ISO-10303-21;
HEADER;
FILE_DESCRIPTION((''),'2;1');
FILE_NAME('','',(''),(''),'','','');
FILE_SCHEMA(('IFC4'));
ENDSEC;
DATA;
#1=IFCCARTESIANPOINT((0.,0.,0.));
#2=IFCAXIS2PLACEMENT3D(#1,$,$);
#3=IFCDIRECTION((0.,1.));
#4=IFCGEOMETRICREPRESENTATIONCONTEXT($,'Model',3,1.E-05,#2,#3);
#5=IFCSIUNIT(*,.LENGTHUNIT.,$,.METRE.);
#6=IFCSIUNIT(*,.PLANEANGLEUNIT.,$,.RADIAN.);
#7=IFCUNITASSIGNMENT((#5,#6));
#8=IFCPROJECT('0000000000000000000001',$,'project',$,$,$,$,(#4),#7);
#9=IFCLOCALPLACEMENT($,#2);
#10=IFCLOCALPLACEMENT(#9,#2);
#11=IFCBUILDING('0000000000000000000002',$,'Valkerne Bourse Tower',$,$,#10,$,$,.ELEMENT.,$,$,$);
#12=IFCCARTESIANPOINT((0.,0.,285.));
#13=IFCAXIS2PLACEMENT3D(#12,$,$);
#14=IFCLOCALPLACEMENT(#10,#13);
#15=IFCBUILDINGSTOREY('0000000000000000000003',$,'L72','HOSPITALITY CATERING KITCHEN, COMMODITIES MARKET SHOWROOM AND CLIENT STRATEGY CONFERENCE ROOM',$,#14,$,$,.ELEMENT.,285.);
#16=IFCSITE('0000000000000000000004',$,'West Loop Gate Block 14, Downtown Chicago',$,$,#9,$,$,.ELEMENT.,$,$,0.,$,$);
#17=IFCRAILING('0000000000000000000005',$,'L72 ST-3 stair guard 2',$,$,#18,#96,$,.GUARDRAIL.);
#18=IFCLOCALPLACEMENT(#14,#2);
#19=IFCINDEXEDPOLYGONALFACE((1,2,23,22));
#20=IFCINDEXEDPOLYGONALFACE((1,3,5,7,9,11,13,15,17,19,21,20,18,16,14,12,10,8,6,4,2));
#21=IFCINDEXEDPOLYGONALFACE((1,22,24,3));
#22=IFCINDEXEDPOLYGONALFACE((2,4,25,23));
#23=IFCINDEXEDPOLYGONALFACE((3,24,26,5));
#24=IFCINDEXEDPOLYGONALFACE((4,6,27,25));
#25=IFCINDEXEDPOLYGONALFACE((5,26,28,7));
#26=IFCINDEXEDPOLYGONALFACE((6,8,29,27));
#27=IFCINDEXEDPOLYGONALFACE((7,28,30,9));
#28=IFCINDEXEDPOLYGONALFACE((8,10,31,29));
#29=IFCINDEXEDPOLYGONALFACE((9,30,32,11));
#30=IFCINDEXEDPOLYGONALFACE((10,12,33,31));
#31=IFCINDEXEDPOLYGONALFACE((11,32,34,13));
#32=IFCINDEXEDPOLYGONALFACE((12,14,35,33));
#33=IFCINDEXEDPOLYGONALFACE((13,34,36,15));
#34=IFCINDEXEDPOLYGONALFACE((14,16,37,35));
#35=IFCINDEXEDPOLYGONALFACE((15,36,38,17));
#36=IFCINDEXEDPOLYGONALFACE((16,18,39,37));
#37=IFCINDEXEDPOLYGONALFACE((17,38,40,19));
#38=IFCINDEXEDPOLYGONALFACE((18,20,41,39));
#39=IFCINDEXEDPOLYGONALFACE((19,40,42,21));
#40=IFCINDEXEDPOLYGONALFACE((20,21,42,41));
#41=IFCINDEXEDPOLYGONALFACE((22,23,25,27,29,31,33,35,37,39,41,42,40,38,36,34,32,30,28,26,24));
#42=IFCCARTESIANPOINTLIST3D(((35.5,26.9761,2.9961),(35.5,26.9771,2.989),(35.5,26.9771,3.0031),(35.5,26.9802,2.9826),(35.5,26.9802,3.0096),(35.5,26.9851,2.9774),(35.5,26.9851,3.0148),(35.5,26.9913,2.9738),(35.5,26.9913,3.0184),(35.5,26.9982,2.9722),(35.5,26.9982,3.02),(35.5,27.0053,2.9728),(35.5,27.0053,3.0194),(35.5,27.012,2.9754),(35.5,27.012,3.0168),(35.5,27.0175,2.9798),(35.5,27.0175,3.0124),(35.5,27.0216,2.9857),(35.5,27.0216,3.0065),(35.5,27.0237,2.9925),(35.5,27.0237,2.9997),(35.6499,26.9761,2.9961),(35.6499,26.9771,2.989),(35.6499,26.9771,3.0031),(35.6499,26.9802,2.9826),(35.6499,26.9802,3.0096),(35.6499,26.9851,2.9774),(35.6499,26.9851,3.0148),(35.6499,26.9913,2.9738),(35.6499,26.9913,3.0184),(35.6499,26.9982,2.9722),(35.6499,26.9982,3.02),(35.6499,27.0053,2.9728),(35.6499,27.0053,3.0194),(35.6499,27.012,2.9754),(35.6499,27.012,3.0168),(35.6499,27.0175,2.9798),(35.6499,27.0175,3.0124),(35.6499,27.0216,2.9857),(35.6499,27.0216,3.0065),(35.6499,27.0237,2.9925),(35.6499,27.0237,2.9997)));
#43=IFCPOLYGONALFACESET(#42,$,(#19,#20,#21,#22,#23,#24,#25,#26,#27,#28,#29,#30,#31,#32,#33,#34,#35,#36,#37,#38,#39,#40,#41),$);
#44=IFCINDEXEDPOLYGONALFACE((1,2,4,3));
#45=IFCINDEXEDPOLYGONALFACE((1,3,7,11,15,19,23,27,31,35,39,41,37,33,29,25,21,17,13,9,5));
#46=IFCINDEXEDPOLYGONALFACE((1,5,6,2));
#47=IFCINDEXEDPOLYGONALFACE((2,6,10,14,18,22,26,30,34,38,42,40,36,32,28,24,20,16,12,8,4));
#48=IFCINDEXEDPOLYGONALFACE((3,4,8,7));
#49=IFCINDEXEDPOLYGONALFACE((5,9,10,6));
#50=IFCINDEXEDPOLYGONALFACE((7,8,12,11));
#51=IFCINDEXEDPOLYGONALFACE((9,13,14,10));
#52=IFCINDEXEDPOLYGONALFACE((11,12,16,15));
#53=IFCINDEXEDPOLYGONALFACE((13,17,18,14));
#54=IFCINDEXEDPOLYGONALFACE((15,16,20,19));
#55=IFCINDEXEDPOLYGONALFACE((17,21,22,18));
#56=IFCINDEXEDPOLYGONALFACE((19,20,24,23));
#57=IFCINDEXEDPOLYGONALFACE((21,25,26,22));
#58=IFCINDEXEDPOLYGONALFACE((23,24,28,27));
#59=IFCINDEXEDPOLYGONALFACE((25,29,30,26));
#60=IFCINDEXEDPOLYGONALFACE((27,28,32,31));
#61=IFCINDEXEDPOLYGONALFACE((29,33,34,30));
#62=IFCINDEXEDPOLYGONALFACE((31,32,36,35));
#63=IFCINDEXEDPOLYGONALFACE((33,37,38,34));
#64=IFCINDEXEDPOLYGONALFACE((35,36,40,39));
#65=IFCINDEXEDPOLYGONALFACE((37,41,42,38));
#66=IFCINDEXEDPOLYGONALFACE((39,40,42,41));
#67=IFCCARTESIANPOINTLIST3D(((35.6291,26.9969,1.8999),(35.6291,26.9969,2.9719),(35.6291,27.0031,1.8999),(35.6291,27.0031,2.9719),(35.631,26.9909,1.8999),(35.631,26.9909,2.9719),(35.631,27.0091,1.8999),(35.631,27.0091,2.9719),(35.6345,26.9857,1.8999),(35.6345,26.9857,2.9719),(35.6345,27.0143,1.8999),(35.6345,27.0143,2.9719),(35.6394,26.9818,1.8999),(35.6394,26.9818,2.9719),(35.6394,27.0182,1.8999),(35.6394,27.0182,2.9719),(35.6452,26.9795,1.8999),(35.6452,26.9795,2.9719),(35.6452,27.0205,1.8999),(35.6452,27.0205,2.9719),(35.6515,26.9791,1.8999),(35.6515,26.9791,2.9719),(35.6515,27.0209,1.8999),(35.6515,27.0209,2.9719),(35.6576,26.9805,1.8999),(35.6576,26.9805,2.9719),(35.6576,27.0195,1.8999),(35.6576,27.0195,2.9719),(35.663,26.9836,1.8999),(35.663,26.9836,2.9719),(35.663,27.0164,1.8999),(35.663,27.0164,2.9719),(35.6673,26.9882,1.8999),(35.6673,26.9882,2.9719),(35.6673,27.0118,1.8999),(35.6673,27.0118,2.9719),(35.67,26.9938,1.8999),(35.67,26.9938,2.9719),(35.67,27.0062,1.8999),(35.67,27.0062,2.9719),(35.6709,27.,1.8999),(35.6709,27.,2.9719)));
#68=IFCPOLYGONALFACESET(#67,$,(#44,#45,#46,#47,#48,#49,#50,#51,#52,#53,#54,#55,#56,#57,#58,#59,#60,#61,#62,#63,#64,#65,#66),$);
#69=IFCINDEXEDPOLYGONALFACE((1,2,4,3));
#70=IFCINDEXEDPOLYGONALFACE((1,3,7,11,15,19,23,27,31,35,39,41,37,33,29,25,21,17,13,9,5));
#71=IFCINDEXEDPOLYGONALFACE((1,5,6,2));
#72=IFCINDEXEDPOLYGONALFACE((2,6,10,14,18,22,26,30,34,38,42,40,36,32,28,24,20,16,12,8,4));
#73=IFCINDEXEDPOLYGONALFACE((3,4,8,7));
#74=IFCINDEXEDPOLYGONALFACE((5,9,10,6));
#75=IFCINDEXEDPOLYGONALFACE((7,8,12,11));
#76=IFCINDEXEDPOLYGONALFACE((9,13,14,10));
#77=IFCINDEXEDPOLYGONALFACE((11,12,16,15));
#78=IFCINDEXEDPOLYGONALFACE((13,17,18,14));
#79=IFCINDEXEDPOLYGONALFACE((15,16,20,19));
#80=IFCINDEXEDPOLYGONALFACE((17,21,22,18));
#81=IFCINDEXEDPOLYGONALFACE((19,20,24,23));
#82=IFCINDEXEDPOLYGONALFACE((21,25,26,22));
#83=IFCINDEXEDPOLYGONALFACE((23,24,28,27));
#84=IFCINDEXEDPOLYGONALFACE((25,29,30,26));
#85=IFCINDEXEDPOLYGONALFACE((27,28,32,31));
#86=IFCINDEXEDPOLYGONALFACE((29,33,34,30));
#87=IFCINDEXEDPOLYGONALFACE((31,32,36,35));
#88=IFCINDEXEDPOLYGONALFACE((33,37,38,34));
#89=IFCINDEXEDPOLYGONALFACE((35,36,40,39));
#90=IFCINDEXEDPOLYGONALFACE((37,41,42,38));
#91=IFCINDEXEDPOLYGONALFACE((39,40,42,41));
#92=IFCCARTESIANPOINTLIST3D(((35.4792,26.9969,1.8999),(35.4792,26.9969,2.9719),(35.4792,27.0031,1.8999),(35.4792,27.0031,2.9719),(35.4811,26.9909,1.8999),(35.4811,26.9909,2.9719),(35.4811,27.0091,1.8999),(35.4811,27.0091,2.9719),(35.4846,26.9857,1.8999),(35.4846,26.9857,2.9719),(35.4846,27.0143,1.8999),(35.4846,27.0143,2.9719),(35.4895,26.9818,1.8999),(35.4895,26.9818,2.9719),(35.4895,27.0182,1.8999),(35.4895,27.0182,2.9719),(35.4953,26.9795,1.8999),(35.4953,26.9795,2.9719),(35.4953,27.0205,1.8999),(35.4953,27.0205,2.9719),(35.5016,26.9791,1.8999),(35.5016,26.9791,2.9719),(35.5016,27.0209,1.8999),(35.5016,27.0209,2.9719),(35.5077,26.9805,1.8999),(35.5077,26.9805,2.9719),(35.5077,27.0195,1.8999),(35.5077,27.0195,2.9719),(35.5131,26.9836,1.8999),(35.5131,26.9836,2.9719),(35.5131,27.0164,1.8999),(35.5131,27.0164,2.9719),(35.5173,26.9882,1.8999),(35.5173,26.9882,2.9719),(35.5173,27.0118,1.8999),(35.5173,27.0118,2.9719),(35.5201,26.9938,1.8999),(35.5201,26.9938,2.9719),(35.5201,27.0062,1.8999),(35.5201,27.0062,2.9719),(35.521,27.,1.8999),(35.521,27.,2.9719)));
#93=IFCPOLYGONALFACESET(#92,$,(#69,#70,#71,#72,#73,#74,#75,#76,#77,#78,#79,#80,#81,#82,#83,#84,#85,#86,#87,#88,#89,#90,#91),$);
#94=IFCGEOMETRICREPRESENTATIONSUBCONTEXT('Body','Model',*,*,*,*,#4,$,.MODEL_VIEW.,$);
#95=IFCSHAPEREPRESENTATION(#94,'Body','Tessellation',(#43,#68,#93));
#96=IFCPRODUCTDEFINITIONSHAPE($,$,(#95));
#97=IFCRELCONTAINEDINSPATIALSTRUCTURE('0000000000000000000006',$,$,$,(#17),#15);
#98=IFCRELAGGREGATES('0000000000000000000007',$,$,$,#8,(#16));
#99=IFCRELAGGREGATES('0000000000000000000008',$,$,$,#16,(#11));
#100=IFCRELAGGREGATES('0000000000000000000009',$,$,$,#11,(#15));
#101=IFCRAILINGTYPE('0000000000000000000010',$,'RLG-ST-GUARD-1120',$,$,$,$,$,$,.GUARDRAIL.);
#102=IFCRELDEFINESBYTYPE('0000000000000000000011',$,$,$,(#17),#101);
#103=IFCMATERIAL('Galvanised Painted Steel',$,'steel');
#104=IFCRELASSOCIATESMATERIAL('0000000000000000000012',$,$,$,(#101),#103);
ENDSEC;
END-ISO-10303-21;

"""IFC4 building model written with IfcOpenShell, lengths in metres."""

from ifc_helpers import new_model, si_unit, direction, frame, origin, origin_2d, place, context, subcontext, project, spatial, circle, extrude, material, type_object, element, save


model = new_model("IFC4")

# Units and contexts
model_context = context("Model", 3, precision=1e-05, world=origin(), true_north=direction((0.0, 1.0)))
body_context = subcontext(model_context, "Body", "Model", "MODEL_VIEW")
ifc_project = project(units=[si_unit("LENGTHUNIT", "METRE"), si_unit("PLANEANGLEUNIT", "RADIAN")], contexts=[model_context])

# Site, building, storey
site_placement = place(None, origin())
site = spatial("IfcSite", under=ifc_project, at=site_placement, Name="West Loop Gate Block 14, Downtown Chicago", CompositionType="ELEMENT", RefElevation=0.0)
building_placement = place(site_placement, origin())
building = spatial("IfcBuilding", under=site, at=building_placement, Name="Valkerne Bourse Tower", CompositionType="ELEMENT")
storey_placement = place(building_placement, frame((0.0, 0.0, 285.0)))
storey = spatial("IfcBuildingStorey", under=building, at=storey_placement, Name="L72", Description="HOSPITALITY CATERING KITCHEN, COMMODITIES MARKET SHOWROOM AND CLIENT STRATEGY CONFERENCE ROOM", CompositionType="ELEMENT", Elevation=285.0)

# Railing
ifc_material_1 = material(Name="Galvanised Painted Steel", Category="steel")
railing_type_1 = type_object("IfcRailingType", Name="RLG-ST-GUARD-1120", PredefinedType="GUARDRAIL", material=ifc_material_1)
railing_1_placement = place(storey_placement, frame((35.6499, 27.0, 1.8999)))
element("IfcRailing", 1, at=railing_1_placement, inside=storey, type_object=railing_type_1, Name="L72 ST-3 stair guard 2", PredefinedType="GUARDRAIL", context=body_context, shape_type="SweptSolid", body=[
    extrude(circle(Radius=0.0239, at=origin_2d()), frame((0.0, 0.0, 1.0962), z_axis=(-1.0, 0.0, 0.0), x_axis=(0.0, -1.0, 0.0)), (0.0, 0.0, 1.0), 0.1499),
    extrude(circle(Radius=0.021, at=origin_2d()), origin(), (0.0, 0.0, 1.0), 1.072),
    extrude(circle(Radius=0.021, at=origin_2d()), frame((-0.1499, 0.0, 0.0)), (0.0, 0.0, 1.0), 1.072),
])

save(model, "model.ifc")
